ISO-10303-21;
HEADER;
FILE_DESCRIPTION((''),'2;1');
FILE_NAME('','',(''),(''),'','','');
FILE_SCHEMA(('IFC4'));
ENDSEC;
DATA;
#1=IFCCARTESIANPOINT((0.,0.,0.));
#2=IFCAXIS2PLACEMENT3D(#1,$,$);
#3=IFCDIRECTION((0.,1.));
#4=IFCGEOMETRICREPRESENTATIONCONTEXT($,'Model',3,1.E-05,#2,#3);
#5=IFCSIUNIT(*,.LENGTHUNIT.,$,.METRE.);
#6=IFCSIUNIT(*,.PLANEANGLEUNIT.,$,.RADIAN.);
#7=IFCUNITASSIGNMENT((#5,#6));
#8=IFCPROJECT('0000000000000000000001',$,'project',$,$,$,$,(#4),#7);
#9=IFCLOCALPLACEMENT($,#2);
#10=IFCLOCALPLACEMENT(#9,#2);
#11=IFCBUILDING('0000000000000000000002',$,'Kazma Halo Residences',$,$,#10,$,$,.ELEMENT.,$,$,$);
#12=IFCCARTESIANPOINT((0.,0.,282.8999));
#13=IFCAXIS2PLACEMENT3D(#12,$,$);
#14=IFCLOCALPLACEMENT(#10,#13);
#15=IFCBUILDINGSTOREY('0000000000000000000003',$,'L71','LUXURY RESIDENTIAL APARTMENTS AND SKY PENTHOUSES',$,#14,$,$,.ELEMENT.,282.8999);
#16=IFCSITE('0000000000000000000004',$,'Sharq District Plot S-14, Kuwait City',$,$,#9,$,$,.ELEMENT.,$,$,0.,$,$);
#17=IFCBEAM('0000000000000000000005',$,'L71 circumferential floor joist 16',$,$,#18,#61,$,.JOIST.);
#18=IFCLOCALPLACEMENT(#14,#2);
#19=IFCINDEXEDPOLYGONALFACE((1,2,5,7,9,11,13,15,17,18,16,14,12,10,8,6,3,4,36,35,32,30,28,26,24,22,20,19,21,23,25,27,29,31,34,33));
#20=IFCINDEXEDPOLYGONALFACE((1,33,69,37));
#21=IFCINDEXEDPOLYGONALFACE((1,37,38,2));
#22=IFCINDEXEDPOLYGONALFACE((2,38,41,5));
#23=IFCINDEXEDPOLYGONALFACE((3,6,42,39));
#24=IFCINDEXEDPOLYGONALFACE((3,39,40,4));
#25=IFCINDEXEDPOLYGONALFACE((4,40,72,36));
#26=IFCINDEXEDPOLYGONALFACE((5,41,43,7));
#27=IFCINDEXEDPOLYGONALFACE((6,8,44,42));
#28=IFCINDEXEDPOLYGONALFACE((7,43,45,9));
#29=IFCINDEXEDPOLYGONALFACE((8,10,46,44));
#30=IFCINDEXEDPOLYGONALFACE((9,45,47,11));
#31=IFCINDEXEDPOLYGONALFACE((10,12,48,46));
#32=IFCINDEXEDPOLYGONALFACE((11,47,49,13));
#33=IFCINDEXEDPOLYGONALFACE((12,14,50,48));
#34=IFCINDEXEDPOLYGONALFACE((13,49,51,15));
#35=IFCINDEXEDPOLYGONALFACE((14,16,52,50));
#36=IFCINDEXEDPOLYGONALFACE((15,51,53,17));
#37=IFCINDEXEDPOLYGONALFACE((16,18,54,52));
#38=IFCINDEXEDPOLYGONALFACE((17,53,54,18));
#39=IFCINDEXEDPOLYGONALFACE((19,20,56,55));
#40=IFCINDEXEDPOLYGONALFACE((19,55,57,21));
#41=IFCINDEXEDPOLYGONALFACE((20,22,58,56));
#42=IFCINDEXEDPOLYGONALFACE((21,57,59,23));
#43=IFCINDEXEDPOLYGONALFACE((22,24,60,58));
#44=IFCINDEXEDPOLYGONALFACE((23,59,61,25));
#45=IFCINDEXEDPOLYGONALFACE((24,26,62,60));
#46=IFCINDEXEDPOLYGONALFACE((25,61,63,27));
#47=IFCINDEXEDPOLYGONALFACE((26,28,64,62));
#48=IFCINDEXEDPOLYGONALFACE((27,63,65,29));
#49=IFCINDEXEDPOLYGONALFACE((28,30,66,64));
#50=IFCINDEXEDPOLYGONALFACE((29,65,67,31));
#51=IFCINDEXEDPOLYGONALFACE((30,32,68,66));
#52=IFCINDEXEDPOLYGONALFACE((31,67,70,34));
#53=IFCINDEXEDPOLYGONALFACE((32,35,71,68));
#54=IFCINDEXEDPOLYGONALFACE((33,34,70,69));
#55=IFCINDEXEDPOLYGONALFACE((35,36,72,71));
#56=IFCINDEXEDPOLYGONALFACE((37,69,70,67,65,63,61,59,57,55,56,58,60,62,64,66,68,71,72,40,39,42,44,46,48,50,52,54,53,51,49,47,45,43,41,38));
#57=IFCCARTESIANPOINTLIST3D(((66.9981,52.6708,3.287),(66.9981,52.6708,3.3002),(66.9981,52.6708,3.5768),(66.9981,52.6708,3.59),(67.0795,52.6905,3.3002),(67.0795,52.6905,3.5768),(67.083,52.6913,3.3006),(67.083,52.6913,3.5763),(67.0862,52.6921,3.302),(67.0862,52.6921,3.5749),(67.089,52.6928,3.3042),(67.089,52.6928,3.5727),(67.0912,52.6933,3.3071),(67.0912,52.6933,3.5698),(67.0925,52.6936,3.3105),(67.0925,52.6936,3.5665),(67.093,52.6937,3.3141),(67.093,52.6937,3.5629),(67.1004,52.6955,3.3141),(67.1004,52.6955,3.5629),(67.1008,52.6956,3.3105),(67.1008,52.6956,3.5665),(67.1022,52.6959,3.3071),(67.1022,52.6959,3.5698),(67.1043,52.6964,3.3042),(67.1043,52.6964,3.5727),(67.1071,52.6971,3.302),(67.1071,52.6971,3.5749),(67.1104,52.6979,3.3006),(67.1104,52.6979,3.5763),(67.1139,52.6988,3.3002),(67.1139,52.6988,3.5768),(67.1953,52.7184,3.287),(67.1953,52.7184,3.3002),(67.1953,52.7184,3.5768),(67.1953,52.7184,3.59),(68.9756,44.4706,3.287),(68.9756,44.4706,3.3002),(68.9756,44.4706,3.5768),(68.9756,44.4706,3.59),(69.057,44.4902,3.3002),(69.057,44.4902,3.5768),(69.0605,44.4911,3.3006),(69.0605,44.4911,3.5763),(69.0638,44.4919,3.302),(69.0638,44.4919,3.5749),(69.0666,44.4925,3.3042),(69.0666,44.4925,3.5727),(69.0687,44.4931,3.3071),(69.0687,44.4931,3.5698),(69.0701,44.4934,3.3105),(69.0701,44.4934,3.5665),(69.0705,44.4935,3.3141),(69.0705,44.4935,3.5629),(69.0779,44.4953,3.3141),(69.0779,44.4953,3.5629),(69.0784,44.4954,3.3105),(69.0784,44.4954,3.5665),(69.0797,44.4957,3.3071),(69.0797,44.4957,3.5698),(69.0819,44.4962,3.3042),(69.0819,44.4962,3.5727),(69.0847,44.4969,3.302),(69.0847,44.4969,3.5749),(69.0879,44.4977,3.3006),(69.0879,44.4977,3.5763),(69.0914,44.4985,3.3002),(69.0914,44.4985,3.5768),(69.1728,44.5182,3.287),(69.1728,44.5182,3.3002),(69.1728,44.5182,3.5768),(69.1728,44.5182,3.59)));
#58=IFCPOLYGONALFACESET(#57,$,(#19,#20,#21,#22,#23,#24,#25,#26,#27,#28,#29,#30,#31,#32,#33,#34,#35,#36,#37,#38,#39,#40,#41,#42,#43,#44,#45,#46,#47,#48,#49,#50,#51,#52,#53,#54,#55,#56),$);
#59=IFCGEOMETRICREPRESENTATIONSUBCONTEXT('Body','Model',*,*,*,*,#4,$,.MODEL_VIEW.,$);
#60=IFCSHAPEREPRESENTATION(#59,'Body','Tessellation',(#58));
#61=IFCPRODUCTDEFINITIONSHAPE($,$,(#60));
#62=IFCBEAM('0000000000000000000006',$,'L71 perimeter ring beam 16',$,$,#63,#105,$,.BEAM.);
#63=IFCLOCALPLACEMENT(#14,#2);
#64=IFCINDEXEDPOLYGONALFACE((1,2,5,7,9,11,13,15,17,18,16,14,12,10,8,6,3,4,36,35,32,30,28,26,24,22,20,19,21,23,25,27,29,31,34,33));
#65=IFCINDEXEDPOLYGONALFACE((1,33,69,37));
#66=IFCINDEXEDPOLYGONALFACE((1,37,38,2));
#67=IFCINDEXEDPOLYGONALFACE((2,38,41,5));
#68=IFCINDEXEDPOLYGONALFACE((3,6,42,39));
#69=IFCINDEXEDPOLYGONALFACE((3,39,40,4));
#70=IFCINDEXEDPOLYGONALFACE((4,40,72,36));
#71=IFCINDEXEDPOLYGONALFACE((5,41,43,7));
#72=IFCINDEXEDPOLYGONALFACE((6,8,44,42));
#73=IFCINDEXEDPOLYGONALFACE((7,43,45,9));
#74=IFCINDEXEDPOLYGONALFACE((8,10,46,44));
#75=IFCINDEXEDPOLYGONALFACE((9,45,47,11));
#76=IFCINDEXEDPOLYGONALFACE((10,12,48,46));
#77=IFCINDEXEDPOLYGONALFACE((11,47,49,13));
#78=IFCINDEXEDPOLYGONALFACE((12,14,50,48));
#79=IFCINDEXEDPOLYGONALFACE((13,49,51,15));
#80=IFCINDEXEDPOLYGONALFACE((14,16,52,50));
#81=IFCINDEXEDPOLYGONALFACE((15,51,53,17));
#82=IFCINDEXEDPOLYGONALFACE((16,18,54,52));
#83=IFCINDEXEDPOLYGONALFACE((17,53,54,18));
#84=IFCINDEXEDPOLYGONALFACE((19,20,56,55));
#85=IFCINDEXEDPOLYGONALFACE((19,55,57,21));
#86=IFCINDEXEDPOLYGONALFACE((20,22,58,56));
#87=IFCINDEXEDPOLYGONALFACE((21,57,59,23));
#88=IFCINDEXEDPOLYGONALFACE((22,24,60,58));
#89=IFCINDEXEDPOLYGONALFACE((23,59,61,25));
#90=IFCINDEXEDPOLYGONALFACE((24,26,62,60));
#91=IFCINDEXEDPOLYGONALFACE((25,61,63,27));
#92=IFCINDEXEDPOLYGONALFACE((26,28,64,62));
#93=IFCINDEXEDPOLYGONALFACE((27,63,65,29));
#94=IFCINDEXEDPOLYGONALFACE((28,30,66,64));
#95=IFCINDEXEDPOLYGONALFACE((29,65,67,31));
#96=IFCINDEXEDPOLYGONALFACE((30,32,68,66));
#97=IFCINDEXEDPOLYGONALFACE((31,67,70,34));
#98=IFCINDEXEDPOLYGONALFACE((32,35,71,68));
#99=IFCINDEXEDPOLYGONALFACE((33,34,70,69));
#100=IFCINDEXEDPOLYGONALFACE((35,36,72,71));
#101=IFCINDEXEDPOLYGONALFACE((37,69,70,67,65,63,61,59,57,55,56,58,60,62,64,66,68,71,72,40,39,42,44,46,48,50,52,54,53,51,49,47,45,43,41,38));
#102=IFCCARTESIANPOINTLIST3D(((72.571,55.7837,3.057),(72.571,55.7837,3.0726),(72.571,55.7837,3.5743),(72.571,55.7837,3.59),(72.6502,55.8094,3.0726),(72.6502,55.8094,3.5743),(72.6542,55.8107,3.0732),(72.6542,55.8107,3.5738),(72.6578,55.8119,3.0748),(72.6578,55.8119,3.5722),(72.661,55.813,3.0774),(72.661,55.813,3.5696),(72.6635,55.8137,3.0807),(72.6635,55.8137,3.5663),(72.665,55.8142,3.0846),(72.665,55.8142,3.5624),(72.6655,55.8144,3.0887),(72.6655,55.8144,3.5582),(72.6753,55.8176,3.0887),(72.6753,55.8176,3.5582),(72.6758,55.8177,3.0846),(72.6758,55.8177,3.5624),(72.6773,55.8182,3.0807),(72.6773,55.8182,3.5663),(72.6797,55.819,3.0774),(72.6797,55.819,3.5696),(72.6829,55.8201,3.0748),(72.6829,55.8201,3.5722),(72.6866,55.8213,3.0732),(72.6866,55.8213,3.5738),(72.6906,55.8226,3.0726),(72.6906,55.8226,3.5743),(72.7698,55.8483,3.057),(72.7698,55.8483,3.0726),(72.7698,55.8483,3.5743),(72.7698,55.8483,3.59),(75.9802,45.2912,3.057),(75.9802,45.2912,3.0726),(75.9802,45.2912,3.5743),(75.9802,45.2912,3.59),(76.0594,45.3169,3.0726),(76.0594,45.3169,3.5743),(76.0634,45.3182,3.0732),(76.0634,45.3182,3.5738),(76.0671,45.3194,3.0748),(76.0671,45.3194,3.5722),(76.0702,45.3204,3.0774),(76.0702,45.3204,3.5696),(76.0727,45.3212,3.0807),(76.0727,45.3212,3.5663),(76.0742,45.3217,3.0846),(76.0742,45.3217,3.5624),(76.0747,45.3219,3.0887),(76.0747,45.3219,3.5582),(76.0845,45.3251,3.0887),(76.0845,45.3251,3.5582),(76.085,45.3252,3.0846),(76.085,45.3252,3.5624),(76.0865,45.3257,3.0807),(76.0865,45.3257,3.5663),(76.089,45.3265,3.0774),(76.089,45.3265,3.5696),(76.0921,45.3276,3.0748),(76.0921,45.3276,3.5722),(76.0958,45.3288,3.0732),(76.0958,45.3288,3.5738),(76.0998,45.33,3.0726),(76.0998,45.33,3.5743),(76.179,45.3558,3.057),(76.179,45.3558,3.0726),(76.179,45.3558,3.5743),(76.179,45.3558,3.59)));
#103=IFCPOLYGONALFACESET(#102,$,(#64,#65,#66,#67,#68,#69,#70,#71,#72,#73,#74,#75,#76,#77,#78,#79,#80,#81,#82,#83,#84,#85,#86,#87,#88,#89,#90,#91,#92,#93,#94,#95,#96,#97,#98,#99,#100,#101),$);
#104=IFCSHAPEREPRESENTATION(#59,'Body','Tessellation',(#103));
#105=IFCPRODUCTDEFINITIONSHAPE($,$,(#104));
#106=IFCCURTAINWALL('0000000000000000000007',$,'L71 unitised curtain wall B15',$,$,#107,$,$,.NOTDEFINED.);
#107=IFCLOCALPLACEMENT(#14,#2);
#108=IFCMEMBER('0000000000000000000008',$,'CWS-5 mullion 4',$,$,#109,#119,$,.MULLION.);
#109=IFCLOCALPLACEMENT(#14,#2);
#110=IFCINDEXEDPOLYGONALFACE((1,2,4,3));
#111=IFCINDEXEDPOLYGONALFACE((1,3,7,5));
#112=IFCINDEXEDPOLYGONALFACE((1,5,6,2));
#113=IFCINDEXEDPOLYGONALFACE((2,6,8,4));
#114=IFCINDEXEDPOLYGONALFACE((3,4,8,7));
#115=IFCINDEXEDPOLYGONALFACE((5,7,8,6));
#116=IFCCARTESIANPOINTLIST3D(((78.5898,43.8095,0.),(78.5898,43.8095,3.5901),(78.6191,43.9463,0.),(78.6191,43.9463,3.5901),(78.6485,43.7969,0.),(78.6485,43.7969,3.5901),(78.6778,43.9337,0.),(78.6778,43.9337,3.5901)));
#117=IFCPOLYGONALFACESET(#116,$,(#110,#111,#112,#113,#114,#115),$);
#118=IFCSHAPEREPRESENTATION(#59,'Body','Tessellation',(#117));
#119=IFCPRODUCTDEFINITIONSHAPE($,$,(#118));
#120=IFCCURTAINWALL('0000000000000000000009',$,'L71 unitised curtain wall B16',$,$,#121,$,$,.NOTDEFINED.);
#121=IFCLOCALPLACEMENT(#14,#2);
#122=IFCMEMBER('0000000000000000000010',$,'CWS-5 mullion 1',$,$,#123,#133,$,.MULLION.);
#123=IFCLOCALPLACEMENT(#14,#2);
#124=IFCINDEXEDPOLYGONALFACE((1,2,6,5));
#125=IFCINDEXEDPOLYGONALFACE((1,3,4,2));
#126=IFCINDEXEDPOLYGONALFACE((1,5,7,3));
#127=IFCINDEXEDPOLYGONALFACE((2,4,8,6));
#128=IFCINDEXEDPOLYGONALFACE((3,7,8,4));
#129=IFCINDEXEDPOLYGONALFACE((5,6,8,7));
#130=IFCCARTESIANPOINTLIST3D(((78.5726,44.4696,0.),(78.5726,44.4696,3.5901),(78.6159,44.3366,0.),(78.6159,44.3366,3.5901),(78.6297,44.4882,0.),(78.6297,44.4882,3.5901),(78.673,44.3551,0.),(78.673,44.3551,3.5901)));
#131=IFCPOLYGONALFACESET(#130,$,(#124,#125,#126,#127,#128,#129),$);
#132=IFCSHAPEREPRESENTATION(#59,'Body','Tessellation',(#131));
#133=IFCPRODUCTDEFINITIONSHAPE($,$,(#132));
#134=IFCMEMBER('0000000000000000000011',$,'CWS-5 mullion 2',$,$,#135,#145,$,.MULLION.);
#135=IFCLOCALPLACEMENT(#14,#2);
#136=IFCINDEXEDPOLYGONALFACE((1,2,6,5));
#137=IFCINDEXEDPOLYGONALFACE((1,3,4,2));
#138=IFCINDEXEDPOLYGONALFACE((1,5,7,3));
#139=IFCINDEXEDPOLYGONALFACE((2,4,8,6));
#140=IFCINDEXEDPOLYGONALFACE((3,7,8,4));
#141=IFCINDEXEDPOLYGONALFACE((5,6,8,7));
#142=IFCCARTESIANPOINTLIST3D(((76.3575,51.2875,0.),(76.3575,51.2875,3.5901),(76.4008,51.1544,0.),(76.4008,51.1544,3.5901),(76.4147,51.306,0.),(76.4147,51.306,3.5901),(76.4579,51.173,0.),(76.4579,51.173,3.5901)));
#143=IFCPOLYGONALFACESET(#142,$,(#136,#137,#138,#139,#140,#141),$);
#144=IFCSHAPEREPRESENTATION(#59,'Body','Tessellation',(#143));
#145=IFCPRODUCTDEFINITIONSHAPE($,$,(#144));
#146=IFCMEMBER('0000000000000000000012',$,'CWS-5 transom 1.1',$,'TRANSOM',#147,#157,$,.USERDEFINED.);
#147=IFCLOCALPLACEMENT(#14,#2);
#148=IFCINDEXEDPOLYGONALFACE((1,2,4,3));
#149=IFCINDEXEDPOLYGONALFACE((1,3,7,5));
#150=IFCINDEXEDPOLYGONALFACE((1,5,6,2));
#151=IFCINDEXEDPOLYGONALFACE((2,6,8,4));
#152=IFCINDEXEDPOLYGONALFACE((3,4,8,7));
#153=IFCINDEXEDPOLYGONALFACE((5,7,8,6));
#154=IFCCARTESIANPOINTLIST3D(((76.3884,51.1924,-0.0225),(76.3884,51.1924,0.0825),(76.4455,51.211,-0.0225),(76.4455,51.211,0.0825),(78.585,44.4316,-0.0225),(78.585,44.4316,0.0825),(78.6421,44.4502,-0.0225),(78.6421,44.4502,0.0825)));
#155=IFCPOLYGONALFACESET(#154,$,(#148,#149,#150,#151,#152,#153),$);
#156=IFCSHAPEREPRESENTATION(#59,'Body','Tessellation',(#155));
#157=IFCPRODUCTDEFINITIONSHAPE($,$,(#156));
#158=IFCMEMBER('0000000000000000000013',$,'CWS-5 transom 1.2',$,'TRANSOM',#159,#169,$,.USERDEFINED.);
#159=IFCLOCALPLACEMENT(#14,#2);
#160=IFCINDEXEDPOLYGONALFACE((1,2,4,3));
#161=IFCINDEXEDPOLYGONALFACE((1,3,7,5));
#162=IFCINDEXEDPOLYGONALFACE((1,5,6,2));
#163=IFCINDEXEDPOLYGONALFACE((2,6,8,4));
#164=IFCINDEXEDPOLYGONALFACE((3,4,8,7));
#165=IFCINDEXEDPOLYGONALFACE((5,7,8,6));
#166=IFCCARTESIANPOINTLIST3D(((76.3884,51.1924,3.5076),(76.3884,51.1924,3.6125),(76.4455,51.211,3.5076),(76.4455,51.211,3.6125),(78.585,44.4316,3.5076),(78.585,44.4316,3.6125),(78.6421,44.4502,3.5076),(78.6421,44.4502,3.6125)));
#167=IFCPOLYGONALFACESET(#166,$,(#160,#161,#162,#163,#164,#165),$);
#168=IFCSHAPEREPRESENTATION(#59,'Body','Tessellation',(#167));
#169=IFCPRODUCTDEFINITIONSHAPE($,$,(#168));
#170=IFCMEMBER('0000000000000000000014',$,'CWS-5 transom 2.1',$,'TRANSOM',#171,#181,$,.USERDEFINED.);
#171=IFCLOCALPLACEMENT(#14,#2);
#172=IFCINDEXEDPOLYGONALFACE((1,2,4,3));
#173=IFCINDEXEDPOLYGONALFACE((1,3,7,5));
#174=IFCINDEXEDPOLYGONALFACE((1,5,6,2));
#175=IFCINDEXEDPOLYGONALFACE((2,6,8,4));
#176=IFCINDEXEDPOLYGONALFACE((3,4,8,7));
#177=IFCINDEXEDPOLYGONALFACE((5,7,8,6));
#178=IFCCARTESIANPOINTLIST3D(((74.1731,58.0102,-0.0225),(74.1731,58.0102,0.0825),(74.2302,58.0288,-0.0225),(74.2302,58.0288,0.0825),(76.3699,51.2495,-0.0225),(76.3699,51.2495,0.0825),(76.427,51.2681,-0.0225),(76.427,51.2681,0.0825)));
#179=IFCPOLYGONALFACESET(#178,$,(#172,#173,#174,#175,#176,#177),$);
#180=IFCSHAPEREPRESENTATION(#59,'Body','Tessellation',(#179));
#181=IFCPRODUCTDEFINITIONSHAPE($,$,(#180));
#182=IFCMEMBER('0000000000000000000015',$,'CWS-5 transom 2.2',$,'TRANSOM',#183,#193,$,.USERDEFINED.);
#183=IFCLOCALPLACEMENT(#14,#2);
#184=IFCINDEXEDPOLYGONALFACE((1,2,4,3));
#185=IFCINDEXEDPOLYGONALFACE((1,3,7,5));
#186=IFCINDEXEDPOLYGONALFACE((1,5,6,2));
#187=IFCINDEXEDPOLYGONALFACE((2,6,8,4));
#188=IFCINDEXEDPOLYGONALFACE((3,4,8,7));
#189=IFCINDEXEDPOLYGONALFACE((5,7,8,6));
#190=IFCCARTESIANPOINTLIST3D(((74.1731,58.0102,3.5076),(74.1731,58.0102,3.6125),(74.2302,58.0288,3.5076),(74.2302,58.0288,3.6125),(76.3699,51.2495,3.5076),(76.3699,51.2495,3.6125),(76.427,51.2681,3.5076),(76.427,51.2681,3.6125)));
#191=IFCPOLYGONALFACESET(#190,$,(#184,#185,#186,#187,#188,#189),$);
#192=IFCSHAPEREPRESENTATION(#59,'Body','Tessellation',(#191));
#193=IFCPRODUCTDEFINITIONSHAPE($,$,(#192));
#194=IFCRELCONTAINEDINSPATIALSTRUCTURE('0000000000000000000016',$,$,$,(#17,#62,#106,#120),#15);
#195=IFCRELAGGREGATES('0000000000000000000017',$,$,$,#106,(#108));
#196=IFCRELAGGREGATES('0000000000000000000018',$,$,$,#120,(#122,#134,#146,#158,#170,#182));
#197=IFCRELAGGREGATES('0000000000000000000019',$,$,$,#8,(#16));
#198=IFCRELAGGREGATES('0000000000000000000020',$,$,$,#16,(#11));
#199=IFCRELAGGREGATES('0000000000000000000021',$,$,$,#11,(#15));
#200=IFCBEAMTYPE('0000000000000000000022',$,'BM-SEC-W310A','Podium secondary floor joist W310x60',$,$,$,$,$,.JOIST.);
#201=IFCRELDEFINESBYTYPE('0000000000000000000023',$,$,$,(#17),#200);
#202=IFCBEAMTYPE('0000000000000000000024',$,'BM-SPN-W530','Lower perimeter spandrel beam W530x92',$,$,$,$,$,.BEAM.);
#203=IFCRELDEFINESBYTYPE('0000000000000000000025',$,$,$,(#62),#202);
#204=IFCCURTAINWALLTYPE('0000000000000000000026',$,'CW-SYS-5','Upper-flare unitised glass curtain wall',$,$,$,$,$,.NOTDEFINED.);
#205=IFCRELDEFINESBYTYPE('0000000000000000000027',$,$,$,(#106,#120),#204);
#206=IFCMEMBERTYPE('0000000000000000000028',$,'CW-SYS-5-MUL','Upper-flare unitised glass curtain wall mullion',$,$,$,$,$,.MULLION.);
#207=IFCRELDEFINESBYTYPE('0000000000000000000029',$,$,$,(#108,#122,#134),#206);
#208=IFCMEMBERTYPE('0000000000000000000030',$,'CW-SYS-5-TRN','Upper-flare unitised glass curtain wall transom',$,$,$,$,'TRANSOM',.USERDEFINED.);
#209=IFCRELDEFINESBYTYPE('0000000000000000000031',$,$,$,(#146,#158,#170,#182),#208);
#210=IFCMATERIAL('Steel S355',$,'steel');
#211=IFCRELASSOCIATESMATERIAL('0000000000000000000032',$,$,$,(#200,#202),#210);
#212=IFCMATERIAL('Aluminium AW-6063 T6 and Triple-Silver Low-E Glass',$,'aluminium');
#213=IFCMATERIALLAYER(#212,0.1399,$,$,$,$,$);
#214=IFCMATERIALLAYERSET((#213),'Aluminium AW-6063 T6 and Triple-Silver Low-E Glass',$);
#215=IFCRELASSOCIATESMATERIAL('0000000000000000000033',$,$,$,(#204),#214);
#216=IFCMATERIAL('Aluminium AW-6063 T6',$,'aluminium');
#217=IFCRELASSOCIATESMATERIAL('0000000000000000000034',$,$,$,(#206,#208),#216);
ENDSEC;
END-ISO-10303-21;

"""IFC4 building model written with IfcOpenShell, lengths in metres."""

from ifc_helpers import new_model, si_unit, direction, frame, origin, origin_2d, place, context, subcontext, project, spatial, rectangle, i_section, extrude, material, layer, layer_set, material_profile, profile_set, type_object, element, aggregate, save


model = new_model("IFC4")

# Units and contexts
model_context = context("Model", 3, precision=1e-05, world=origin(), true_north=direction((0.0, 1.0)))
body_context = subcontext(model_context, "Body", "Model", "MODEL_VIEW")
ifc_project = project(units=[si_unit("LENGTHUNIT", "METRE"), si_unit("PLANEANGLEUNIT", "RADIAN")], contexts=[model_context])

# Site, building, storey
site_placement = place(None, origin())
site = spatial("IfcSite", under=ifc_project, at=site_placement, Name="Sharq District Plot S-14, Kuwait City", CompositionType="ELEMENT", RefElevation=0.0)
building_placement = place(site_placement, origin())
building = spatial("IfcBuilding", under=site, at=building_placement, Name="Kazma Halo Residences", CompositionType="ELEMENT")
storey_placement = place(building_placement, frame((0.0, 0.0, 282.8999)))
storey = spatial("IfcBuildingStorey", under=building, at=storey_placement, Name="L71", Description="LUXURY RESIDENTIAL APARTMENTS AND SKY PENTHOUSES", CompositionType="ELEMENT", Elevation=282.8999)

# Beams
ifc_material_1 = material(Name="Steel S355", Category="steel")
ifc_material_profile_1 = material_profile(ifc_material_1, i_section(OverallWidth=0.2029, OverallDepth=0.303, WebThickness=0.0076, FlangeThickness=0.0132, FilletRadius=0.0139, at=origin_2d()), Name="W310x60")
ifc_profile_set_1 = profile_set([ifc_material_profile_1], Name="Steel S355")
beam_type_1 = type_object("IfcBeamType", Name="BM-SEC-W310A", Description="Podium secondary floor joist W310x60", PredefinedType="JOIST", material=ifc_profile_set_1)
beam_1_placement = place(storey_placement, frame((69.0742, 44.4944, 3.4385), z_axis=(-0.234437, 0.972131, 0.0), x_axis=(-0.972131, -0.234437, 0.0)))
element("IfcBeam", 1, at=beam_1_placement, inside=storey, type_object=beam_type_1, Name="L71 circumferential floor joist 16", PredefinedType="JOIST", context=body_context, shape_type="SweptSolid", body=[
    extrude(i_section(OverallWidth=0.2029, OverallDepth=0.303, WebThickness=0.0076, FlangeThickness=0.0132, FilletRadius=0.0139, at=origin_2d()), origin(), (0.0, 0.0, 1.0), 8.4353),
])
ifc_material_profile_2 = material_profile(ifc_material_1, i_section(OverallWidth=0.209, OverallDepth=0.533, WebThickness=0.0103, FlangeThickness=0.0156, FilletRadius=0.0161, at=origin_2d()), Name="W530x92")
ifc_profile_set_2 = profile_set([ifc_material_profile_2], Name="Steel S355")
beam_type_2 = type_object("IfcBeamType", Name="BM-SPN-W530", Description="Lower perimeter spandrel beam W530x92", PredefinedType="BEAM", material=ifc_profile_set_2)
beam_2_placement = place(storey_placement, frame((76.0796, 45.3235, 3.3235), z_axis=(-0.309016, 0.951057, 0.0), x_axis=(-0.951057, -0.309016, 0.0)))
element("IfcBeam", 2, at=beam_2_placement, inside=storey, type_object=beam_type_2, Name="L71 perimeter ring beam 16", PredefinedType="BEAM", context=body_context, shape_type="SweptSolid", body=[
    extrude(i_section(OverallWidth=0.209, OverallDepth=0.533, WebThickness=0.0103, FlangeThickness=0.0156, FilletRadius=0.0161, at=origin_2d()), origin(), (0.0, 0.0, 1.0), 11.0325),
])

# Curtain wall, member
ifc_material_2 = material(Name="Aluminium AW-6063 T6 and Triple-Silver Low-E Glass", Category="aluminium")
ifc_layer_1 = layer(ifc_material_2, 0.1399)
ifc_layer_set_1 = layer_set([ifc_layer_1], Name="Aluminium AW-6063 T6 and Triple-Silver Low-E Glass")
curtain_wall_type = type_object("IfcCurtainWallType", Name="CW-SYS-5", Description="Upper-flare unitised glass curtain wall", PredefinedType="NOTDEFINED", material=ifc_layer_set_1)
curtain_wall_1_placement = place(storey_placement, origin())
curtain_wall_1 = element("IfcCurtainWall", 3, at=curtain_wall_1_placement, inside=storey, type_object=curtain_wall_type, Name="L71 unitised curtain wall B15", PredefinedType="NOTDEFINED")
ifc_material_3 = material(Name="Aluminium AW-6063 T6", Category="aluminium")
ifc_material_profile_3 = material_profile(ifc_material_3, rectangle(XDim=0.0601, YDim=0.1399, at=origin_2d()), Name="CWM-60x140")
ifc_profile_set_3 = profile_set([ifc_material_profile_3], Name="Aluminium AW-6063 T6")
member_type_1 = type_object("IfcMemberType", Name="CW-SYS-5-MUL", Description="Upper-flare unitised glass curtain wall mullion", PredefinedType="MULLION", material=ifc_profile_set_3)
member_1_placement = place(storey_placement, frame((78.6338, 43.8716, 0.0), z_axis=(0.0, 0.0, 1.0), x_axis=(-0.977775, 0.209657, 0.0)))
member_1 = element("IfcMember", 4, at=member_1_placement, type_object=member_type_1, Name="CWS-5 mullion 4", PredefinedType="MULLION", context=body_context, shape_type="SweptSolid", body=[
    extrude(rectangle(XDim=0.0601, YDim=0.1399, at=origin_2d()), origin(), (0.0, 0.0, 1.0), 3.5901),
])
aggregate(curtain_wall_1, [member_1])

# Curtain wall, members
curtain_wall_2_placement = place(storey_placement, origin())
curtain_wall_2 = element("IfcCurtainWall", 5, at=curtain_wall_2_placement, inside=storey, type_object=curtain_wall_type, Name="L71 unitised curtain wall B16", PredefinedType="NOTDEFINED")
member_2_placement = place(storey_placement, frame((78.6228, 44.4124, 0.0), z_axis=(0.0, 0.0, 1.0), x_axis=(-0.951058, -0.309011, 0.0)))
member_2 = element("IfcMember", 6, at=member_2_placement, type_object=member_type_1, Name="CWS-5 mullion 1", PredefinedType="MULLION", context=body_context, shape_type="SweptSolid", body=[
    extrude(rectangle(XDim=0.0601, YDim=0.1399, at=origin_2d()), origin(), (0.0, 0.0, 1.0), 3.5901),
])
member_3_placement = place(storey_placement, frame((76.4077, 51.2302, 0.0), z_axis=(0.0, 0.0, 1.0), x_axis=(-0.951058, -0.309011, 0.0)))
member_3 = element("IfcMember", 7, at=member_3_placement, type_object=member_type_1, Name="CWS-5 mullion 2", PredefinedType="MULLION", context=body_context, shape_type="SweptSolid", body=[
    extrude(rectangle(XDim=0.0601, YDim=0.1399, at=origin_2d()), origin(), (0.0, 0.0, 1.0), 3.5901),
])
ifc_material_profile_4 = material_profile(ifc_material_3, rectangle(XDim=0.0601, YDim=0.105, at=origin_2d()), Name="CWT-60x105")
ifc_profile_set_4 = profile_set([ifc_material_profile_4], Name="Aluminium AW-6063 T6")
member_type_2 = type_object("IfcMemberType", Name="CW-SYS-5-TRN", Description="Upper-flare unitised glass curtain wall transom", ElementType="TRANSOM", PredefinedType="USERDEFINED", material=ifc_profile_set_4)
member_4_placement = place(storey_placement, frame((78.6135, 44.4409, 0.03), z_axis=(-0.308996, 0.951063, 0.0), x_axis=(-0.951063, -0.308996, 0.0)))
member_4 = element("IfcMember", 8, at=member_4_placement, type_object=member_type_2, Name="CWS-5 transom 1.1", ObjectType="TRANSOM", PredefinedType="USERDEFINED", context=body_context, shape_type="SweptSolid", body=[
    extrude(rectangle(XDim=0.0601, YDim=0.105, at=origin_2d()), origin(), (0.0, 0.0, 1.0), 7.1086),
])
member_5_placement = place(storey_placement, frame((78.6135, 44.4409, 3.5601), z_axis=(-0.308996, 0.951063, 0.0), x_axis=(-0.951063, -0.308996, 0.0)))
member_5 = element("IfcMember", 9, at=member_5_placement, type_object=member_type_2, Name="CWS-5 transom 1.2", ObjectType="TRANSOM", PredefinedType="USERDEFINED", context=body_context, shape_type="SweptSolid", body=[
    extrude(rectangle(XDim=0.0601, YDim=0.105, at=origin_2d()), origin(), (0.0, 0.0, 1.0), 7.1086),
])
member_6_placement = place(storey_placement, frame((76.3984, 51.2588, 0.03), z_axis=(-0.309027, 0.951053, 0.0), x_axis=(-0.951053, -0.309027, 0.0)))
member_6 = element("IfcMember", 10, at=member_6_placement, type_object=member_type_2, Name="CWS-5 transom 2.1", ObjectType="TRANSOM", PredefinedType="USERDEFINED", context=body_context, shape_type="SweptSolid", body=[
    extrude(rectangle(XDim=0.0601, YDim=0.105, at=origin_2d()), origin(), (0.0, 0.0, 1.0), 7.1086),
])
member_7_placement = place(storey_placement, frame((76.3984, 51.2588, 3.5601), z_axis=(-0.309027, 0.951053, 0.0), x_axis=(-0.951053, -0.309027, 0.0)))
member_7 = element("IfcMember", 11, at=member_7_placement, type_object=member_type_2, Name="CWS-5 transom 2.2", ObjectType="TRANSOM", PredefinedType="USERDEFINED", context=body_context, shape_type="SweptSolid", body=[
    extrude(rectangle(XDim=0.0601, YDim=0.105, at=origin_2d()), origin(), (0.0, 0.0, 1.0), 7.1086),
])
aggregate(curtain_wall_2, [member_2, member_3, member_4, member_5, member_6, member_7])

save(model, "model.ifc")
